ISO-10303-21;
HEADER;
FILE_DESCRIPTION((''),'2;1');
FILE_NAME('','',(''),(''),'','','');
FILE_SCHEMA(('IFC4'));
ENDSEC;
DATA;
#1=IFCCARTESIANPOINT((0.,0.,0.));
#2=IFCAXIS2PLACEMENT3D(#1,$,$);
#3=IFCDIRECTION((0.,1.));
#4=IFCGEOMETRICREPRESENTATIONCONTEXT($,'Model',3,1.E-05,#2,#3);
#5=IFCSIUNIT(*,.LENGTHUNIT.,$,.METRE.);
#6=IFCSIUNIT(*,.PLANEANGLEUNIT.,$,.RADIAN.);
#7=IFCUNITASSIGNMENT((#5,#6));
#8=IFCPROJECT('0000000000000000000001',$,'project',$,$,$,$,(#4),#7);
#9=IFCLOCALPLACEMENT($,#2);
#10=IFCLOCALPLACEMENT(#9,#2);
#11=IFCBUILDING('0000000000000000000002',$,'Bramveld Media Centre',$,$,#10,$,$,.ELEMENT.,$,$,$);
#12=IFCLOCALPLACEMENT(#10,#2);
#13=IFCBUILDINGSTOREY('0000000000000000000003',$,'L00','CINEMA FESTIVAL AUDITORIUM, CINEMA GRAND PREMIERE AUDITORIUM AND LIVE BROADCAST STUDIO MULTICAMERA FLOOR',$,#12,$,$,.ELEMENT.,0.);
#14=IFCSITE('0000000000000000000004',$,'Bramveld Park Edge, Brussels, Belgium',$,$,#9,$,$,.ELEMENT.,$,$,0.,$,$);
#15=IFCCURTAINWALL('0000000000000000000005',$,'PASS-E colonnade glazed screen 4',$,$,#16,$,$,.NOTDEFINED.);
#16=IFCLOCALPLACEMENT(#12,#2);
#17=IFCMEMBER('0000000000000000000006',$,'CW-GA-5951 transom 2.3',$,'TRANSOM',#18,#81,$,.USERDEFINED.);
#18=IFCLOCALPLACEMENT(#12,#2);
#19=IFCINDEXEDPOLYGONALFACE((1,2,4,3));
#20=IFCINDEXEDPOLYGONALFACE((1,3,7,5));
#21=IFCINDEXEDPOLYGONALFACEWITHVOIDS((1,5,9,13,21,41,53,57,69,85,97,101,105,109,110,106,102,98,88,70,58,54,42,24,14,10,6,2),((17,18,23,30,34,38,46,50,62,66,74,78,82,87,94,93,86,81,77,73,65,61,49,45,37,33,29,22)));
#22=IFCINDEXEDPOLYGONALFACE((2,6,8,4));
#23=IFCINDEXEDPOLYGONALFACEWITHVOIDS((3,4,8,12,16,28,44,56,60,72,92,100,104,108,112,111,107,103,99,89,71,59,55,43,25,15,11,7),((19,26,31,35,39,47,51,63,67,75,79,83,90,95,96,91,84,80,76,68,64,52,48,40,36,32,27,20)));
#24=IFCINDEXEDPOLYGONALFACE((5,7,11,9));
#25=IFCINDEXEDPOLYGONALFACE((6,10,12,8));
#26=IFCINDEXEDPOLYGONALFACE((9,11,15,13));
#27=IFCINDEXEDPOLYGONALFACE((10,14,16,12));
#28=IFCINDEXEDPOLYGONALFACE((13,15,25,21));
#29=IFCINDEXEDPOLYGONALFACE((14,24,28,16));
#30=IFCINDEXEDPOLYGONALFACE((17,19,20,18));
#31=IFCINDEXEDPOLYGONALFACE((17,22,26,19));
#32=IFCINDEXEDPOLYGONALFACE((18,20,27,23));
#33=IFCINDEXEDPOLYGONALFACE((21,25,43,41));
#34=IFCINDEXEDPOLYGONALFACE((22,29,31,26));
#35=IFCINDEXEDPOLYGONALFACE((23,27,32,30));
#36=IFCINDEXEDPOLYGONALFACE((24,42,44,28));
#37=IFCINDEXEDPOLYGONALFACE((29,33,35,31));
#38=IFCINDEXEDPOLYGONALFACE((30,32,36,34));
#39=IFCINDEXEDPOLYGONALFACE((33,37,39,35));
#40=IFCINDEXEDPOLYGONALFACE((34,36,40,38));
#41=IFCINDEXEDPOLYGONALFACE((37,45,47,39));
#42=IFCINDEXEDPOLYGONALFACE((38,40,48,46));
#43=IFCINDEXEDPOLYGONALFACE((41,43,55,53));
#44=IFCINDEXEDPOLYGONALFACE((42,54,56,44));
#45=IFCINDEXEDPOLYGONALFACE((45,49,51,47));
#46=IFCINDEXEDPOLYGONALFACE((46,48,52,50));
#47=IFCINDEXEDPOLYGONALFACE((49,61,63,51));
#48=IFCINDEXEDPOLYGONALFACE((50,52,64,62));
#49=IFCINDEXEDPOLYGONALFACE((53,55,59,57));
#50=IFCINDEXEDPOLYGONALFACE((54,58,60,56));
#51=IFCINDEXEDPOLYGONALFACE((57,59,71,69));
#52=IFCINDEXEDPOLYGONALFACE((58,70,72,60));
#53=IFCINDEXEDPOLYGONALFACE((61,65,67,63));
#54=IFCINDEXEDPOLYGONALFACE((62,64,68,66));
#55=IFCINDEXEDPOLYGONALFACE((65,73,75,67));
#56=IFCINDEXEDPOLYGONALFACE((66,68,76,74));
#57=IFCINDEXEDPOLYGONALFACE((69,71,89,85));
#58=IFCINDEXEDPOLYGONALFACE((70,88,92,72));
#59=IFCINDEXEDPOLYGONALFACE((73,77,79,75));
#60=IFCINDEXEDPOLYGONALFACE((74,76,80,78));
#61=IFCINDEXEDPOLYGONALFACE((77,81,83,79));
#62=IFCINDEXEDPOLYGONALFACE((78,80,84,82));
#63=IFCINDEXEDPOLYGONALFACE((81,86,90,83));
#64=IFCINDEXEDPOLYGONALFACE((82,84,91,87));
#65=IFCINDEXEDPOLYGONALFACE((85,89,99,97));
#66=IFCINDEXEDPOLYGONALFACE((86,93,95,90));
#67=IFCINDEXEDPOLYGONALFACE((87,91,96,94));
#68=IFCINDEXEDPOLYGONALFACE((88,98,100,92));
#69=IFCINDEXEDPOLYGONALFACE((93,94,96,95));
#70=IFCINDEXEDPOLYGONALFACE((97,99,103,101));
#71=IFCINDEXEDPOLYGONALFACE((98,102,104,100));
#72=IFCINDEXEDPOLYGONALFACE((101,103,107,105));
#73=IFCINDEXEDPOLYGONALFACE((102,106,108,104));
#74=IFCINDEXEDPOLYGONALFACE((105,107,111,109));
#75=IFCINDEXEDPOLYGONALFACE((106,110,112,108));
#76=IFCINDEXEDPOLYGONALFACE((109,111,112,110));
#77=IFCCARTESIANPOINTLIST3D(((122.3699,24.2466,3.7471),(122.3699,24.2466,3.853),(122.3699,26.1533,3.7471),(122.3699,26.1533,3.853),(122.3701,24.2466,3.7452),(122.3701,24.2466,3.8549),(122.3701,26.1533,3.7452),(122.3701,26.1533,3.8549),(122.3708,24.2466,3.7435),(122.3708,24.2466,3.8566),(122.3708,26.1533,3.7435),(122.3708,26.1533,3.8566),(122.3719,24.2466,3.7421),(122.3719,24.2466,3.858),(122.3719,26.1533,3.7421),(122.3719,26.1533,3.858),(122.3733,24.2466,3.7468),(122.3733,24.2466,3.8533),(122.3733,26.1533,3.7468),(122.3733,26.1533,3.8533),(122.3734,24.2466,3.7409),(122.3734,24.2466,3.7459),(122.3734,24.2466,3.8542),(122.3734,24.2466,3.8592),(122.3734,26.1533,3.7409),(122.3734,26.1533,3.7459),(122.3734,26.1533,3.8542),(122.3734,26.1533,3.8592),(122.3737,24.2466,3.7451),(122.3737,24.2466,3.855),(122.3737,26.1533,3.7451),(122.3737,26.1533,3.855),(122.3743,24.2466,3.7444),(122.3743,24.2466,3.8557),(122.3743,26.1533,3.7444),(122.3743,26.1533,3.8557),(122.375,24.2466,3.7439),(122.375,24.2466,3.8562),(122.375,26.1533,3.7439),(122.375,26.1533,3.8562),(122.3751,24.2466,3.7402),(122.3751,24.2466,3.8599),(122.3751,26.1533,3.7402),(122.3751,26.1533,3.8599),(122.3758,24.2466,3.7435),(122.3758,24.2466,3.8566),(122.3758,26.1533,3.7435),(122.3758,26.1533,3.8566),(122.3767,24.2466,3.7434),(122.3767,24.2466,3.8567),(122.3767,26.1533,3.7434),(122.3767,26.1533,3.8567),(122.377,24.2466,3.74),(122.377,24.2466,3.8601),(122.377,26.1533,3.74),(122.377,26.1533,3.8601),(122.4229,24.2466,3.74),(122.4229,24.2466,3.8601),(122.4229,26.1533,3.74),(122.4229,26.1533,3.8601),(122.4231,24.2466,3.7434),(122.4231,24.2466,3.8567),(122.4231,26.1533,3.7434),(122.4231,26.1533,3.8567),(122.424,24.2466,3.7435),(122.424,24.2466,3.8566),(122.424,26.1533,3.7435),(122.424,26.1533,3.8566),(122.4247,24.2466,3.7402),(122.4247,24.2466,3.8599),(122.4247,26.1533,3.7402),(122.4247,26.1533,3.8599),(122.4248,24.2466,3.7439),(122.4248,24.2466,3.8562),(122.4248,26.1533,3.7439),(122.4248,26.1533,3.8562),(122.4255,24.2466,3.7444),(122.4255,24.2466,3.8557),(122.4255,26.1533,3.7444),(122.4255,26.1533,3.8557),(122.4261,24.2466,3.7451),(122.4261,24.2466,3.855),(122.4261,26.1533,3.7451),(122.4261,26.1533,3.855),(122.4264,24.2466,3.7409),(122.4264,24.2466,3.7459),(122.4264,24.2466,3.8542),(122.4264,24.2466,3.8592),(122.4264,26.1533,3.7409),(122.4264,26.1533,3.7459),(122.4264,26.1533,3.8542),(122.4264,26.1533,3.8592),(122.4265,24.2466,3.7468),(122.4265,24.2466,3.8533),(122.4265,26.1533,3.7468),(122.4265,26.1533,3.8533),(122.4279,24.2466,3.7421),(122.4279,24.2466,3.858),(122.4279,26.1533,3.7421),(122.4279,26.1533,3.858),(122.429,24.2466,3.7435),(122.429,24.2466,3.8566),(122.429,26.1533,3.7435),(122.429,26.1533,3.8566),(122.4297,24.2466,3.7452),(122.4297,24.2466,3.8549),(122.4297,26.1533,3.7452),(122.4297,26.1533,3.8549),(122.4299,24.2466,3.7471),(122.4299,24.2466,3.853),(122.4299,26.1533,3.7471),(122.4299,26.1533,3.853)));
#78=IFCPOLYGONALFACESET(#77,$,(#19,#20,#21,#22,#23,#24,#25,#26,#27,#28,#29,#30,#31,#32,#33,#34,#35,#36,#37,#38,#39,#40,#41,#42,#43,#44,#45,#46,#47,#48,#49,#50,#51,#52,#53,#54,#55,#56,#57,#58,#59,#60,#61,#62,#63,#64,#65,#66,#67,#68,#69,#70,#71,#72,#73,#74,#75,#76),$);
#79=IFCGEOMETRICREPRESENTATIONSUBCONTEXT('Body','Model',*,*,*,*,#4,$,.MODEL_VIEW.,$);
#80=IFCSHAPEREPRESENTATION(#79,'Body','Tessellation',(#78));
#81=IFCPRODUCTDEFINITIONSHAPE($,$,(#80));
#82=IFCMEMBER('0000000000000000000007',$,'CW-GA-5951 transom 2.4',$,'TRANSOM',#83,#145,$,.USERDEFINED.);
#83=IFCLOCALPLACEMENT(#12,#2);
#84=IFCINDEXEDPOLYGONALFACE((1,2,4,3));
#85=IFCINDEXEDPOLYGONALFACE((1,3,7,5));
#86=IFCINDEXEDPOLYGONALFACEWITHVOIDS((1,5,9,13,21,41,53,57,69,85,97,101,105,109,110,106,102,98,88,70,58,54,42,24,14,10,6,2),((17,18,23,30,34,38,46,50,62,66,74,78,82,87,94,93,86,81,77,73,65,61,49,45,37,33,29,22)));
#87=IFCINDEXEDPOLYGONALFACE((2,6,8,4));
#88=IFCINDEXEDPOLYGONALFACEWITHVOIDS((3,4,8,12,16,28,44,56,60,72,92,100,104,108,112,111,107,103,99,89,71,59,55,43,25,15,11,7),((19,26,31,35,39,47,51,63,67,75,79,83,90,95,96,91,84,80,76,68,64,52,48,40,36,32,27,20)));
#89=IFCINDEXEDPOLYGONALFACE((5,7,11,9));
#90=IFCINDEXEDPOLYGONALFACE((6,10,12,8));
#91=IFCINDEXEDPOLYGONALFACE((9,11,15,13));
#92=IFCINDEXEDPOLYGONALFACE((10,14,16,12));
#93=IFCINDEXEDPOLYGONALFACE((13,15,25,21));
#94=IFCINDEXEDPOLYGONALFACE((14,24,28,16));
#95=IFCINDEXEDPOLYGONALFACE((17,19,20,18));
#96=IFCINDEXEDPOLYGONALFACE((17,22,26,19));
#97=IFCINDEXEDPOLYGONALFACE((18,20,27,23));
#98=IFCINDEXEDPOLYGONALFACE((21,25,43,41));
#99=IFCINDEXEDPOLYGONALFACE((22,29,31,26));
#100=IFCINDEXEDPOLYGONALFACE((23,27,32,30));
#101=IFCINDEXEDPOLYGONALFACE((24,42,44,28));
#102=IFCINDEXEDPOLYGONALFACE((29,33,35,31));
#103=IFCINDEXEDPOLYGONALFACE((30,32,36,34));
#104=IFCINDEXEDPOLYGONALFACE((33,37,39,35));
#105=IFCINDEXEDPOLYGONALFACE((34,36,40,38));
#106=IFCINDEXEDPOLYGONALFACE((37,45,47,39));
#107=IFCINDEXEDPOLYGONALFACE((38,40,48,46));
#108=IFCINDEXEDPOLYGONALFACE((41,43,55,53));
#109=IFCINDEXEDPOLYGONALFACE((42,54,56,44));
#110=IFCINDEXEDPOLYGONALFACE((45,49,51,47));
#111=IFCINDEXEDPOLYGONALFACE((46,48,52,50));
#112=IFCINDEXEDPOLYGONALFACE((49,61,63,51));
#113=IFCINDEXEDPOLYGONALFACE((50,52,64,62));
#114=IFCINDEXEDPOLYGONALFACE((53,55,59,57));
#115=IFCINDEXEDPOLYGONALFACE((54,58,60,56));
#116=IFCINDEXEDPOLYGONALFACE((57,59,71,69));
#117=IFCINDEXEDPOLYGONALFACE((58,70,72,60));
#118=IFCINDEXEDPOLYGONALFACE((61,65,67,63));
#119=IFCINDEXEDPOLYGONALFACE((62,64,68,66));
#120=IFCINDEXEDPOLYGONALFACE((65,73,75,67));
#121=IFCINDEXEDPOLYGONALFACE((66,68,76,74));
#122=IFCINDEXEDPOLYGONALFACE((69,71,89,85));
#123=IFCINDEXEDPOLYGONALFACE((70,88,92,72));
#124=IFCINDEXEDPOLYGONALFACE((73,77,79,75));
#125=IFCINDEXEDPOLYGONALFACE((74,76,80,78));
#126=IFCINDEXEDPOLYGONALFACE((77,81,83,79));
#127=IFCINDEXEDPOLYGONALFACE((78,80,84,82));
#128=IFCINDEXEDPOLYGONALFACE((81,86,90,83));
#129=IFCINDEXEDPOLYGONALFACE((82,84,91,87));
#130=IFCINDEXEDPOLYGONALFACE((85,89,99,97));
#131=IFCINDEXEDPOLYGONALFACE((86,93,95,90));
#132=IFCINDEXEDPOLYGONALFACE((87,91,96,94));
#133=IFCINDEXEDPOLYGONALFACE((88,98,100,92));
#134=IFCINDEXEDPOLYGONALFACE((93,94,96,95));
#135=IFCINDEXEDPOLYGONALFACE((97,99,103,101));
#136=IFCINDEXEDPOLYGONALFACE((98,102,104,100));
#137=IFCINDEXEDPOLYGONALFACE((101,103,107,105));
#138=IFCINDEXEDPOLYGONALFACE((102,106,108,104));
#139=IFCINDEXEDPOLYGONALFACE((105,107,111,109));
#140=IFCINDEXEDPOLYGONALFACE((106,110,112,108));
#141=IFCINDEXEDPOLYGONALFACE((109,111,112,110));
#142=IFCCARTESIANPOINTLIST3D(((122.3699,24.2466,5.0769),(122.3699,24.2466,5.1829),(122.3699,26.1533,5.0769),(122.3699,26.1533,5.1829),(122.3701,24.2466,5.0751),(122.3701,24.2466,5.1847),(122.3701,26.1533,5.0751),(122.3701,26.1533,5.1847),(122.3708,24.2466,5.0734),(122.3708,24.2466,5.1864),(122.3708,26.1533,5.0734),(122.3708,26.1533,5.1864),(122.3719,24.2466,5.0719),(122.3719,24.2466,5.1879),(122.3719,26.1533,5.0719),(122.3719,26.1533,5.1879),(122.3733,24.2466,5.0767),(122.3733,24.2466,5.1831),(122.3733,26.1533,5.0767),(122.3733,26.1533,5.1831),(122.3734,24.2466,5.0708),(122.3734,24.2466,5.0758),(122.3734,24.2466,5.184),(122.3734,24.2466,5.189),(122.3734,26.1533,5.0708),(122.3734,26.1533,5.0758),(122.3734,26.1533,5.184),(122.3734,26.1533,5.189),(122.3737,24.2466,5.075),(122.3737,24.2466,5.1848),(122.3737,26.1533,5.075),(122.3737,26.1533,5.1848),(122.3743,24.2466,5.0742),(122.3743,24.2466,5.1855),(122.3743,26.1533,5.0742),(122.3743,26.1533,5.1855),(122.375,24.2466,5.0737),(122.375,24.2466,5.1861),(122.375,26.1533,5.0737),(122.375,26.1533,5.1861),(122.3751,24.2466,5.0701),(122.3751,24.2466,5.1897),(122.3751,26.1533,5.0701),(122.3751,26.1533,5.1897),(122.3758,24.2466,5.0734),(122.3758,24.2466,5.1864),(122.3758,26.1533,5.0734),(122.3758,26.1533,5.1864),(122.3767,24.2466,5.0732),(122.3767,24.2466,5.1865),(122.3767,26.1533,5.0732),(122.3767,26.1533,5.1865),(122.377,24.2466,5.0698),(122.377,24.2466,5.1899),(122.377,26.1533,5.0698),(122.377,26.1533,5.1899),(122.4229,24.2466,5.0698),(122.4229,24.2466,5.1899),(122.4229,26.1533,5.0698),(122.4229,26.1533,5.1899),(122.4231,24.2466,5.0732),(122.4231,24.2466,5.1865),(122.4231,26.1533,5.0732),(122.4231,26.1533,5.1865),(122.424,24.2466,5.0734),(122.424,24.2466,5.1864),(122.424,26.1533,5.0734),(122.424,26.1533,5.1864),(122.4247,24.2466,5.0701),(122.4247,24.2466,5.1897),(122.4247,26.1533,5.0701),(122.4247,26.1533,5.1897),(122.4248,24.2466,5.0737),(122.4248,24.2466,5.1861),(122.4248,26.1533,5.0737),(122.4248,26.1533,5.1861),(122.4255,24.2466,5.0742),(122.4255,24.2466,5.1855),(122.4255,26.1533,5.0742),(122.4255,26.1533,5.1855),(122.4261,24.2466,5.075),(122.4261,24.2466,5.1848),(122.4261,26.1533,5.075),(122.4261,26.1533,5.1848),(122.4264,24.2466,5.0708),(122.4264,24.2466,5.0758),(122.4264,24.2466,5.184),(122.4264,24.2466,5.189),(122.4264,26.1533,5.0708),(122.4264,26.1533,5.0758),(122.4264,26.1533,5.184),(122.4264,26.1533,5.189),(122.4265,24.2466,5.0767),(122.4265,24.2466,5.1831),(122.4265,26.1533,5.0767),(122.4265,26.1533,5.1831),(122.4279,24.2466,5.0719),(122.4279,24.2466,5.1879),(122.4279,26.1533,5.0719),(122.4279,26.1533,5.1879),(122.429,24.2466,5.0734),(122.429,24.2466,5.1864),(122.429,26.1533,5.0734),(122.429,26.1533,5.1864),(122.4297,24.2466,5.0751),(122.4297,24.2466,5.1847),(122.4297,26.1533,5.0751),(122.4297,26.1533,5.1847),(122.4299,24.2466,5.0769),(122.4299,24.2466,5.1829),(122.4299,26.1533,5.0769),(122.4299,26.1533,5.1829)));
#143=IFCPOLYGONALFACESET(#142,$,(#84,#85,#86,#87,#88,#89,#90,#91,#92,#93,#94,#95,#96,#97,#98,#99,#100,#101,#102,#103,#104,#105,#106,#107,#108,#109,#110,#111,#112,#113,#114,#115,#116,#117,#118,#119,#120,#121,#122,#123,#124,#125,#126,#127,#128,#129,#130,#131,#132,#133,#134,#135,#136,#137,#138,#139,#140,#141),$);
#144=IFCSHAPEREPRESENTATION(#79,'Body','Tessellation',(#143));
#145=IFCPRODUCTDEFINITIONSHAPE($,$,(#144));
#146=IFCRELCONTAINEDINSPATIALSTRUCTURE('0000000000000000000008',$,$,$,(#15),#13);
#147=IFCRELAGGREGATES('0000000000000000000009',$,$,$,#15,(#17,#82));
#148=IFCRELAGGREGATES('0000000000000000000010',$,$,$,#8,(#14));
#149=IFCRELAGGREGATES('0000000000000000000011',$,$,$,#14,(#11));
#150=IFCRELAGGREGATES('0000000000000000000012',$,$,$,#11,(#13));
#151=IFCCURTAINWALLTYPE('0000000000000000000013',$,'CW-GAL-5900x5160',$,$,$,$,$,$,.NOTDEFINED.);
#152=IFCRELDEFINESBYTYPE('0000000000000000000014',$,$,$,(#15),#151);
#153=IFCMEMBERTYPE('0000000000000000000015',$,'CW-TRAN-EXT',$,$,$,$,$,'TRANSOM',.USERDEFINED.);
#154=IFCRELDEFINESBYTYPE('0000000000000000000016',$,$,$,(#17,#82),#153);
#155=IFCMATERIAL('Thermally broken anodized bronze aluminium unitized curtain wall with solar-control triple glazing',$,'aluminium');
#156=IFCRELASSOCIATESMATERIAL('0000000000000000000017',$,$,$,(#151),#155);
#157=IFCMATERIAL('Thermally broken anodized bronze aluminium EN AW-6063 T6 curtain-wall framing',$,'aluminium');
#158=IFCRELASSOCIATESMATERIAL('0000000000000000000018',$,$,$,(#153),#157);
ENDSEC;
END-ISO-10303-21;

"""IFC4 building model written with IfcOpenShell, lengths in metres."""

from ifc_helpers import new_model, si_unit, direction, frame, origin, origin_2d, place, context, subcontext, project, spatial, hollow_rectangle, extrude, material, material_profile, profile_set, type_object, element, aggregate, save


model = new_model("IFC4")

# Units and contexts
model_context = context("Model", 3, precision=1e-05, world=origin(), true_north=direction((0.0, 1.0)))
body_context = subcontext(model_context, "Body", "Model", "MODEL_VIEW")
ifc_project = project(units=[si_unit("LENGTHUNIT", "METRE"), si_unit("PLANEANGLEUNIT", "RADIAN")], contexts=[model_context])

# Site, building, storey
site_placement = place(None, origin())
site = spatial("IfcSite", under=ifc_project, at=site_placement, Name="Bramveld Park Edge, Brussels, Belgium", CompositionType="ELEMENT", RefElevation=0.0)
building_placement = place(site_placement, origin())
building = spatial("IfcBuilding", under=site, at=building_placement, Name="Bramveld Media Centre", CompositionType="ELEMENT")
storey_placement = place(building_placement, origin())
storey = spatial("IfcBuildingStorey", under=building, at=storey_placement, Name="L00", Description="CINEMA FESTIVAL AUDITORIUM, CINEMA GRAND PREMIERE AUDITORIUM AND LIVE BROADCAST STUDIO MULTICAMERA FLOOR", CompositionType="ELEMENT", Elevation=0.0)

# Shared definitions
ifc_material_1 = material(Name="Thermally broken anodized bronze aluminium unitized curtain wall with solar-control triple glazing", Category="aluminium")
curtain_wall_type = type_object("IfcCurtainWallType", Name="CW-GAL-5900x5160", PredefinedType="NOTDEFINED", material=ifc_material_1)

# Curtain wall, members
curtain_wall_1_placement = place(storey_placement, origin())
curtain_wall_1 = element("IfcCurtainWall", 1, at=curtain_wall_1_placement, inside=storey, type_object=curtain_wall_type, Name="PASS-E colonnade glazed screen 4", PredefinedType="NOTDEFINED")
ifc_material_2 = material(Name="Thermally broken anodized bronze aluminium EN AW-6063 T6 curtain-wall framing", Category="aluminium")
ifc_material_profile_1 = material_profile(ifc_material_2, hollow_rectangle(XDim=0.0601, YDim=0.1201, WallThickness=0.0034, InnerFilletRadius=0.0034, OuterFilletRadius=0.0071, at=origin_2d()), Name="AL-TRAN 60x120")
ifc_profile_set_1 = profile_set([ifc_material_profile_1], Name="Thermally broken anodized bronze aluminium EN AW-6063 T6 curtain-wall framing")
member_type_1 = type_object("IfcMemberType", Name="CW-TRAN-EXT", ElementType="TRANSOM", PredefinedType="USERDEFINED", material=ifc_profile_set_1)
member_1_placement = place(storey_placement, frame((122.3999, 24.2466, 3.8), z_axis=(0.0, 1.0, 0.0), x_axis=(-1.0, 0.0, 0.0)))
member_1 = element("IfcMember", 2, at=member_1_placement, type_object=member_type_1, Name="CW-GA-5951 transom 2.3", ObjectType="TRANSOM", PredefinedType="USERDEFINED", context=body_context, shape_type="SweptSolid", body=[
    extrude(hollow_rectangle(XDim=0.0601, YDim=0.1201, WallThickness=0.0034, InnerFilletRadius=0.0034, OuterFilletRadius=0.0071, at=origin_2d()), origin(), (0.0, 0.0, 1.0), 1.9067),
])
member_2_placement = place(storey_placement, frame((122.3999, 24.2466, 5.1299), z_axis=(0.0, 1.0, 0.0), x_axis=(-1.0, 0.0, 0.0)))
member_2 = element("IfcMember", 3, at=member_2_placement, type_object=member_type_1, Name="CW-GA-5951 transom 2.4", ObjectType="TRANSOM", PredefinedType="USERDEFINED", context=body_context, shape_type="SweptSolid", body=[
    extrude(hollow_rectangle(XDim=0.0601, YDim=0.1201, WallThickness=0.0034, InnerFilletRadius=0.0034, OuterFilletRadius=0.0071, at=origin_2d()), origin(), (0.0, 0.0, 1.0), 1.9067),
])

aggregate(curtain_wall_1, [member_1, member_2])

save(model, "model.ifc")
